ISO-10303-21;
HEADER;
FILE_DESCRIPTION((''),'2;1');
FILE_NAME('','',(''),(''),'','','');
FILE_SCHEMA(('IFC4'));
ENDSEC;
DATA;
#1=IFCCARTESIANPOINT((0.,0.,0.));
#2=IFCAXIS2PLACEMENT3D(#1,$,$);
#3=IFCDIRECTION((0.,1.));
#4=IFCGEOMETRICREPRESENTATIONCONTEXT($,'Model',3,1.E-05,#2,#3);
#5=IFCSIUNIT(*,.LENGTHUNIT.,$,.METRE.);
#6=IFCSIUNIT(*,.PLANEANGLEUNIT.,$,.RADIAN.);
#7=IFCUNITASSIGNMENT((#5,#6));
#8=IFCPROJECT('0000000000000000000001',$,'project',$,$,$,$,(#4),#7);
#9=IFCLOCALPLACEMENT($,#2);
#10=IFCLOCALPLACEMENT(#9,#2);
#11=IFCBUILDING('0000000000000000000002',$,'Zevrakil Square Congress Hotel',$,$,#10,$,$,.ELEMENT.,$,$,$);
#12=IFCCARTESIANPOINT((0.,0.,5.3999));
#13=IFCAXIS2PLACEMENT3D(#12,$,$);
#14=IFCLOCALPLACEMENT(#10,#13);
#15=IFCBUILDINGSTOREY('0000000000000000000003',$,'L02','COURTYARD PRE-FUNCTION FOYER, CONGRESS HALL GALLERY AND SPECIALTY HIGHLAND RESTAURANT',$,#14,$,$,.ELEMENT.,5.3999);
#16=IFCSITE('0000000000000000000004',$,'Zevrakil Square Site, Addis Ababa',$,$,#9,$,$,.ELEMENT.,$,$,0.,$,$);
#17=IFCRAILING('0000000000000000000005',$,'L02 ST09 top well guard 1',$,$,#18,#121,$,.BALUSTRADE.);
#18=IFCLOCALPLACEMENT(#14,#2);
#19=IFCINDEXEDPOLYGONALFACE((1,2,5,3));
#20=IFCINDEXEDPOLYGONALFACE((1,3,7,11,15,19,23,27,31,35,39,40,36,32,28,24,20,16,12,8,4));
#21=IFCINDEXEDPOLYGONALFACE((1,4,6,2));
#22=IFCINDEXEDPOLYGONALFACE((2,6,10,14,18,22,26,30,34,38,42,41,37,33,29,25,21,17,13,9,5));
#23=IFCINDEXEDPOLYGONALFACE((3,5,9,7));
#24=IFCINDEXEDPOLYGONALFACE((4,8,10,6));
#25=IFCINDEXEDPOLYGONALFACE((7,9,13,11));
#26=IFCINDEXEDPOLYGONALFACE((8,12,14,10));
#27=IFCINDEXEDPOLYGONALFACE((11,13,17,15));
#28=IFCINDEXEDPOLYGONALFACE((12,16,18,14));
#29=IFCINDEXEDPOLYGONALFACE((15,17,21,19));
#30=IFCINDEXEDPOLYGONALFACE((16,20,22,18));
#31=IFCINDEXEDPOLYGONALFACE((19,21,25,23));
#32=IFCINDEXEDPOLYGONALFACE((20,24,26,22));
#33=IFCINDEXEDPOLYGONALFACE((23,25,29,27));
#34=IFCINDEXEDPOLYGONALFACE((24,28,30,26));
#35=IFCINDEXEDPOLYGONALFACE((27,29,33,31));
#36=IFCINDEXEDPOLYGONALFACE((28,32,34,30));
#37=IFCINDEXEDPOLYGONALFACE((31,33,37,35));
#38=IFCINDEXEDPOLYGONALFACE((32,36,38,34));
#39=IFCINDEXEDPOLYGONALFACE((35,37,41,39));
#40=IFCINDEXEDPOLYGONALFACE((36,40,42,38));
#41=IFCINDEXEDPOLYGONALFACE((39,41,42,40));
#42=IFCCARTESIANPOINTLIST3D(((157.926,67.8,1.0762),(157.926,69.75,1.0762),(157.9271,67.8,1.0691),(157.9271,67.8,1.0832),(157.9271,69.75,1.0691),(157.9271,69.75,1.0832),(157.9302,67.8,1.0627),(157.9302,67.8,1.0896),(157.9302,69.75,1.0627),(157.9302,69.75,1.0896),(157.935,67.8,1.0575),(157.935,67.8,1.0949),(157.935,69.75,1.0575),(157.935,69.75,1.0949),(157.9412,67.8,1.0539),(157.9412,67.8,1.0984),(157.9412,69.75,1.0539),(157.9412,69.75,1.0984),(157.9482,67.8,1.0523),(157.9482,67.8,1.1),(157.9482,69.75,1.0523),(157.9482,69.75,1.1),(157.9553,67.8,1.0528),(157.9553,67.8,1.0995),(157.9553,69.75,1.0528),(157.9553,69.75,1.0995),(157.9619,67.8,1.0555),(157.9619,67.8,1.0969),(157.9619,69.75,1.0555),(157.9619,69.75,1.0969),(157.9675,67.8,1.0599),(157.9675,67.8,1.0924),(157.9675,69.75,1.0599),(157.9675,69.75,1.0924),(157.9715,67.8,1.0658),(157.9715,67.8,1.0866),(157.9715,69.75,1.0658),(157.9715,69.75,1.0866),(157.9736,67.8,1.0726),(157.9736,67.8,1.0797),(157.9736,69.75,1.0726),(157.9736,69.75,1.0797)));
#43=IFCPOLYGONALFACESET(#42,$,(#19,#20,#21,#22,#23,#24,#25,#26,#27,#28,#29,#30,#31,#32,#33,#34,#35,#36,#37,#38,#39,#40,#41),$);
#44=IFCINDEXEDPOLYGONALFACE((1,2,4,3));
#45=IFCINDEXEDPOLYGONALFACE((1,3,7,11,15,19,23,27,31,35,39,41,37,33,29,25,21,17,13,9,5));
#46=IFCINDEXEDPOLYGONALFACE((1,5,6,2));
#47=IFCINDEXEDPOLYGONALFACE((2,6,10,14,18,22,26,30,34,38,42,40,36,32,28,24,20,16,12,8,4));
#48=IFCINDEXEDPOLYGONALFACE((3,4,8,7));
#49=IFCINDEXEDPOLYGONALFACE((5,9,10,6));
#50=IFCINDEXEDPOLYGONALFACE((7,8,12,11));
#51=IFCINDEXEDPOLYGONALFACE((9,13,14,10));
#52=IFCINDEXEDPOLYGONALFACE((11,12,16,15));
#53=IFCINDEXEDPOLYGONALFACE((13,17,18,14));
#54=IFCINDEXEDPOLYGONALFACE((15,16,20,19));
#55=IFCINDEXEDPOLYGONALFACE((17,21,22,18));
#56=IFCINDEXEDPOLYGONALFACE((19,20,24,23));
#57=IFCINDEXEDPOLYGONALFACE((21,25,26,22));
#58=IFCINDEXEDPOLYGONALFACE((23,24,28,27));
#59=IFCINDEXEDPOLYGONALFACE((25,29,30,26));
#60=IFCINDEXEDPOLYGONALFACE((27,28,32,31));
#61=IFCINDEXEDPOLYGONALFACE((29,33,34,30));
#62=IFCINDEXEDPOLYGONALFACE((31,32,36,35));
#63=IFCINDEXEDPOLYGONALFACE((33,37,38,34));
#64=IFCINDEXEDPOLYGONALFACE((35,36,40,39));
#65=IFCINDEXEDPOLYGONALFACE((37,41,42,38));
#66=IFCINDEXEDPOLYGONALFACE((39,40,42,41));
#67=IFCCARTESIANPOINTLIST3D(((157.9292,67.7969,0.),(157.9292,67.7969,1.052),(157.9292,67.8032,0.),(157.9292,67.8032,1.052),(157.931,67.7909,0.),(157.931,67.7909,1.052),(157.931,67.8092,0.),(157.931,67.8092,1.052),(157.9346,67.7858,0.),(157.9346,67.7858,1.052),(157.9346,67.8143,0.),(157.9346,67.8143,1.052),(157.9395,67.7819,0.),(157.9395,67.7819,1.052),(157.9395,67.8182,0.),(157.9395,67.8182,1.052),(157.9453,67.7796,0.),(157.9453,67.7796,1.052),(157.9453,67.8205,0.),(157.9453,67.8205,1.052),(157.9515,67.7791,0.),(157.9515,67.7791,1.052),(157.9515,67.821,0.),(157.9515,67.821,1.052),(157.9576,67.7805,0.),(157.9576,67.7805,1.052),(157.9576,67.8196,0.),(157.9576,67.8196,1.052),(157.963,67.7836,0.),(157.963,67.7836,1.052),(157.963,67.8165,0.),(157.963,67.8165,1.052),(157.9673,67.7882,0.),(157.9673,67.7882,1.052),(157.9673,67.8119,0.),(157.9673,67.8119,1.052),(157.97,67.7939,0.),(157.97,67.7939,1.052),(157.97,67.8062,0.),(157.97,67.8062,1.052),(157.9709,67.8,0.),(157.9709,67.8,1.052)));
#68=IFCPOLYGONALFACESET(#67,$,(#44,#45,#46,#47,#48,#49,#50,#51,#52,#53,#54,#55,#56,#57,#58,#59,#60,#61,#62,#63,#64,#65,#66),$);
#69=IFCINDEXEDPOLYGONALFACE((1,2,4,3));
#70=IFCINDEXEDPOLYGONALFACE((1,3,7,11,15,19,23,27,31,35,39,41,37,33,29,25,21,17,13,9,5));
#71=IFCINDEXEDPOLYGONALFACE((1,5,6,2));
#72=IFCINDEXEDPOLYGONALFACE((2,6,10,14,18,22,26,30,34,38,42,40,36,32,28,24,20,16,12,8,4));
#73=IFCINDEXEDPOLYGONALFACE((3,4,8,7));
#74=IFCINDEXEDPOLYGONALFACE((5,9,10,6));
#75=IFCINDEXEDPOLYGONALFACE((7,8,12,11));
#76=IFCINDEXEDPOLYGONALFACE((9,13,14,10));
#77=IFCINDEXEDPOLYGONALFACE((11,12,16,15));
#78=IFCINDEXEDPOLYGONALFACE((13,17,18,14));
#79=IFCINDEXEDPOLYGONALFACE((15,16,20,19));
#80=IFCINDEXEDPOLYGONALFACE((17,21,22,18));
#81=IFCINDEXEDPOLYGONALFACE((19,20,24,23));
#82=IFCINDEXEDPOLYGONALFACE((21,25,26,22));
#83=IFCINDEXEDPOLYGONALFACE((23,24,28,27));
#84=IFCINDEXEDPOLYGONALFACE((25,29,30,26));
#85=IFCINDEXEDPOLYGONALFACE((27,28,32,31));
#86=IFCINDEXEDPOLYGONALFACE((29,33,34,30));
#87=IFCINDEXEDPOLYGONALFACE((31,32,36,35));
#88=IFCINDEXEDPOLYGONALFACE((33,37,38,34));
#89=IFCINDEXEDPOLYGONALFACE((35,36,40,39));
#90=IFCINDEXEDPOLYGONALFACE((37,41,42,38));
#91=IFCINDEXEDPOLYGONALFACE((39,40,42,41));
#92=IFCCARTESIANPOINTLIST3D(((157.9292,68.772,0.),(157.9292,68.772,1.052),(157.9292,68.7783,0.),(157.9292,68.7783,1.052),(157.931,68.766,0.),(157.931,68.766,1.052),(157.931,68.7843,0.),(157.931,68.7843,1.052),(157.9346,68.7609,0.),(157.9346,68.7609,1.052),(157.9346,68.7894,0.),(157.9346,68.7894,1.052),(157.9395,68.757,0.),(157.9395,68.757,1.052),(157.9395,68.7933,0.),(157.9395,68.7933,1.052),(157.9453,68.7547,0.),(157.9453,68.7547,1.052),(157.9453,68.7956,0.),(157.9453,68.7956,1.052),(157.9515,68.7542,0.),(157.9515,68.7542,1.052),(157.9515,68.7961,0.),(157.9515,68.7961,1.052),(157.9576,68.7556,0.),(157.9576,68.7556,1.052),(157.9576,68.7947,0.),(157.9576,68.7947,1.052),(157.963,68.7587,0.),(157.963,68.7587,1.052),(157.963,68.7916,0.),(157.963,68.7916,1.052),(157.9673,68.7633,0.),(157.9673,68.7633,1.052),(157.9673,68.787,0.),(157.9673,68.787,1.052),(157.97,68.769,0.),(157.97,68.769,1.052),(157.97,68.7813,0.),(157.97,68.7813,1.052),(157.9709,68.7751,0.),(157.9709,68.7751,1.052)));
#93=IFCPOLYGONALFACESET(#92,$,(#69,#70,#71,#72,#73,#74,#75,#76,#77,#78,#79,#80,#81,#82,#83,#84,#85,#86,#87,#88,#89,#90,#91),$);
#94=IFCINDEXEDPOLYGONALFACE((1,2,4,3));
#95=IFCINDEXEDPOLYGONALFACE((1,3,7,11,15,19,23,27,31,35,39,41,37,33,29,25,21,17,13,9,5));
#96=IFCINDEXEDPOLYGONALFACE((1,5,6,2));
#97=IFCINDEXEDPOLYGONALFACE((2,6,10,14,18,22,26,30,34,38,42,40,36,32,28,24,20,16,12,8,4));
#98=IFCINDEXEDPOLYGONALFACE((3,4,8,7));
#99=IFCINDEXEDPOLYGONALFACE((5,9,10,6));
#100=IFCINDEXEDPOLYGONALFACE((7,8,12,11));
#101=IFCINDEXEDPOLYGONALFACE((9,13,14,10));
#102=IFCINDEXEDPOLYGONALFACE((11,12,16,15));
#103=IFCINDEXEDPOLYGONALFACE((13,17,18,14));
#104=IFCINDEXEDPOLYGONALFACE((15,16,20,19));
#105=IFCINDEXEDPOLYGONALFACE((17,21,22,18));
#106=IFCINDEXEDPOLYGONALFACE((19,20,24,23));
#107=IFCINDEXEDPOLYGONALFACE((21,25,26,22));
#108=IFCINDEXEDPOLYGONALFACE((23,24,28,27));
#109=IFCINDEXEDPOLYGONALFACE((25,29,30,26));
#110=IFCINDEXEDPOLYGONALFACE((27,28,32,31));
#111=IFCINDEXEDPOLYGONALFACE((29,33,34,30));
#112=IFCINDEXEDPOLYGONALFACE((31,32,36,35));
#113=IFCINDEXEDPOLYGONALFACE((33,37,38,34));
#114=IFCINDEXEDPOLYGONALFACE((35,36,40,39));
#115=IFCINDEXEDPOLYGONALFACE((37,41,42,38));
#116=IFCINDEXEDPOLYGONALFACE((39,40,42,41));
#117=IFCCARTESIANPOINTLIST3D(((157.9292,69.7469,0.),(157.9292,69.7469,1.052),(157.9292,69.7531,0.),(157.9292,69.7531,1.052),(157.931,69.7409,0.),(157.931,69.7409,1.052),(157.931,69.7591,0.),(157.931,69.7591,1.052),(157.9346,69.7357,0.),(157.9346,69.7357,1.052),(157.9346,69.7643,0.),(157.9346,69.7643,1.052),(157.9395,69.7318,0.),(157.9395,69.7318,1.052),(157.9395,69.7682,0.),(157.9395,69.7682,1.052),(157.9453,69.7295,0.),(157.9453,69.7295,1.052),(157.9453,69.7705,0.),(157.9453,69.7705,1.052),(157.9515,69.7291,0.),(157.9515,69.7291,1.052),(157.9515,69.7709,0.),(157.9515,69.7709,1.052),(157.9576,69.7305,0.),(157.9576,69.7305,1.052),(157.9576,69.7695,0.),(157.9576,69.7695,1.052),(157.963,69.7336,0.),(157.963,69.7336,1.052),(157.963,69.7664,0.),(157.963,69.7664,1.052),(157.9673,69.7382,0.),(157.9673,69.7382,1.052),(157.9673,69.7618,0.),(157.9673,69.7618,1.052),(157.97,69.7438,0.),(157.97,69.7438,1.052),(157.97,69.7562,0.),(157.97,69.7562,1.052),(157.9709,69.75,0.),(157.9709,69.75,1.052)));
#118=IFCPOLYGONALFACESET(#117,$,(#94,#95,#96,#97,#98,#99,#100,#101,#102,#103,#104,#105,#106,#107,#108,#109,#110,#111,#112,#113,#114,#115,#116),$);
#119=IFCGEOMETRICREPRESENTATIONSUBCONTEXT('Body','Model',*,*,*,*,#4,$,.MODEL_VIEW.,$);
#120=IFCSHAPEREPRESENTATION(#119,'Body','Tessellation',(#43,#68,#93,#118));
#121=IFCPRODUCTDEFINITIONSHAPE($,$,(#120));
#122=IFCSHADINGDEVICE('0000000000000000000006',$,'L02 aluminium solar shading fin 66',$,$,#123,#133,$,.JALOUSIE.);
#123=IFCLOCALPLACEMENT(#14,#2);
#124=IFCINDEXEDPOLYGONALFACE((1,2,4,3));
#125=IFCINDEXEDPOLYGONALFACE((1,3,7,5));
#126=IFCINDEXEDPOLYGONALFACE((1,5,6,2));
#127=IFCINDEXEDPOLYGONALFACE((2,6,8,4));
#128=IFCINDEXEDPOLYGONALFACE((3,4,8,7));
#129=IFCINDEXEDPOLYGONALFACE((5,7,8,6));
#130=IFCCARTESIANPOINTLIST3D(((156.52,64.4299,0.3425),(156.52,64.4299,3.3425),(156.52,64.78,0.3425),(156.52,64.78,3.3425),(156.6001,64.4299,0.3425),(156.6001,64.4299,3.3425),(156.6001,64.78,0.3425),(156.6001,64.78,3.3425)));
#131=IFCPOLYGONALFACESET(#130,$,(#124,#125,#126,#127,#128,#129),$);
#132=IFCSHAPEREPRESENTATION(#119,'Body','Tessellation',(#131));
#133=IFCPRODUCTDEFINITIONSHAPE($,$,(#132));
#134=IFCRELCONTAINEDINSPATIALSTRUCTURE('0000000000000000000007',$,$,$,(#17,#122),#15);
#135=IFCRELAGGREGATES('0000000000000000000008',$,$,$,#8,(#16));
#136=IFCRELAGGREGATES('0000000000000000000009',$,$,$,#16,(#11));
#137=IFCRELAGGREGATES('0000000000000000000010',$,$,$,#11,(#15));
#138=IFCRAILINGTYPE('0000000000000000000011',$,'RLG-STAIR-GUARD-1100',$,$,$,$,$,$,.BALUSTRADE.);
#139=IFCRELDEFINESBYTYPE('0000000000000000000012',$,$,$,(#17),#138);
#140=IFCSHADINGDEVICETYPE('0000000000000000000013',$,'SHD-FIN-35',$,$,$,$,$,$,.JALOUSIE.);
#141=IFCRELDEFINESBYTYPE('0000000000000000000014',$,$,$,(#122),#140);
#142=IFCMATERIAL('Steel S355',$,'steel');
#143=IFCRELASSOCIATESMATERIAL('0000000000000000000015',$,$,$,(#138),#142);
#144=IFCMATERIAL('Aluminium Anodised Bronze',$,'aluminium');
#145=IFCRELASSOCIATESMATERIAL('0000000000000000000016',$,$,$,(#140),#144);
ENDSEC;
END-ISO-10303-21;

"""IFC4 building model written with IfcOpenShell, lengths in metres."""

from ifc_helpers import new_model, si_unit, direction, frame, origin, origin_2d, place, context, subcontext, project, spatial, rectangle, circle, extrude, material, type_object, element, save


model = new_model("IFC4")

# Units and contexts
model_context = context("Model", 3, precision=1e-05, world=origin(), true_north=direction((0.0, 1.0)))
body_context = subcontext(model_context, "Body", "Model", "MODEL_VIEW")
ifc_project = project(units=[si_unit("LENGTHUNIT", "METRE"), si_unit("PLANEANGLEUNIT", "RADIAN")], contexts=[model_context])

# Site, building, storey
site_placement = place(None, origin())
site = spatial("IfcSite", under=ifc_project, at=site_placement, Name="Zevrakil Square Site, Addis Ababa", CompositionType="ELEMENT", RefElevation=0.0)
building_placement = place(site_placement, origin())
building = spatial("IfcBuilding", under=site, at=building_placement, Name="Zevrakil Square Congress Hotel", CompositionType="ELEMENT")
storey_placement = place(building_placement, frame((0.0, 0.0, 5.3999)))
storey = spatial("IfcBuildingStorey", under=building, at=storey_placement, Name="L02", Description="COURTYARD PRE-FUNCTION FOYER, CONGRESS HALL GALLERY AND SPECIALTY HIGHLAND RESTAURANT", CompositionType="ELEMENT", Elevation=5.3999)

# Railing
ifc_material_1 = material(Name="Steel S355", Category="steel")
railing_type = type_object("IfcRailingType", Name="RLG-STAIR-GUARD-1100", PredefinedType="BALUSTRADE", material=ifc_material_1)
railing_placement = place(storey_placement, frame((157.95, 67.8, 0.0)))
element("IfcRailing", 1, at=railing_placement, inside=storey, type_object=railing_type, Name="L02 ST09 top well guard 1", PredefinedType="BALUSTRADE", context=body_context, shape_type="SweptSolid", body=[
    extrude(circle(Radius=0.0239, at=origin_2d()), frame((0.0, 0.0, 1.0762), z_axis=(0.0, 1.0, 0.0), x_axis=(-1.0, 0.0, 0.0)), (0.0, 0.0, 1.0), 1.95),
    extrude(circle(Radius=0.021, at=origin_2d()), origin(), (0.0, 0.0, 1.0), 1.052),
    extrude(circle(Radius=0.021, at=origin_2d()), frame((0.0, 0.9751, 0.0)), (0.0, 0.0, 1.0), 1.052),
    extrude(circle(Radius=0.021, at=origin_2d()), frame((0.0, 1.95, 0.0)), (0.0, 0.0, 1.0), 1.052),
])

# Shading device
ifc_material_2 = material(Name="Aluminium Anodised Bronze", Category="aluminium")
shading_device_type = type_object("IfcShadingDeviceType", Name="SHD-FIN-35", PredefinedType="JALOUSIE", material=ifc_material_2)
shading_device_placement = place(storey_placement, frame((156.5601, 64.605, 0.3425), z_axis=(0.0, 0.0, 1.0), x_axis=(0.0, -1.0, 0.0)))
element("IfcShadingDevice", 2, at=shading_device_placement, inside=storey, type_object=shading_device_type, Name="L02 aluminium solar shading fin 66", PredefinedType="JALOUSIE", context=body_context, shape_type="SweptSolid", body=[
    extrude(rectangle(XDim=0.3501, YDim=0.0801, at=origin_2d()), origin(), (0.0, 0.0, 1.0), 3.0),
])

save(model, "model.ifc")
